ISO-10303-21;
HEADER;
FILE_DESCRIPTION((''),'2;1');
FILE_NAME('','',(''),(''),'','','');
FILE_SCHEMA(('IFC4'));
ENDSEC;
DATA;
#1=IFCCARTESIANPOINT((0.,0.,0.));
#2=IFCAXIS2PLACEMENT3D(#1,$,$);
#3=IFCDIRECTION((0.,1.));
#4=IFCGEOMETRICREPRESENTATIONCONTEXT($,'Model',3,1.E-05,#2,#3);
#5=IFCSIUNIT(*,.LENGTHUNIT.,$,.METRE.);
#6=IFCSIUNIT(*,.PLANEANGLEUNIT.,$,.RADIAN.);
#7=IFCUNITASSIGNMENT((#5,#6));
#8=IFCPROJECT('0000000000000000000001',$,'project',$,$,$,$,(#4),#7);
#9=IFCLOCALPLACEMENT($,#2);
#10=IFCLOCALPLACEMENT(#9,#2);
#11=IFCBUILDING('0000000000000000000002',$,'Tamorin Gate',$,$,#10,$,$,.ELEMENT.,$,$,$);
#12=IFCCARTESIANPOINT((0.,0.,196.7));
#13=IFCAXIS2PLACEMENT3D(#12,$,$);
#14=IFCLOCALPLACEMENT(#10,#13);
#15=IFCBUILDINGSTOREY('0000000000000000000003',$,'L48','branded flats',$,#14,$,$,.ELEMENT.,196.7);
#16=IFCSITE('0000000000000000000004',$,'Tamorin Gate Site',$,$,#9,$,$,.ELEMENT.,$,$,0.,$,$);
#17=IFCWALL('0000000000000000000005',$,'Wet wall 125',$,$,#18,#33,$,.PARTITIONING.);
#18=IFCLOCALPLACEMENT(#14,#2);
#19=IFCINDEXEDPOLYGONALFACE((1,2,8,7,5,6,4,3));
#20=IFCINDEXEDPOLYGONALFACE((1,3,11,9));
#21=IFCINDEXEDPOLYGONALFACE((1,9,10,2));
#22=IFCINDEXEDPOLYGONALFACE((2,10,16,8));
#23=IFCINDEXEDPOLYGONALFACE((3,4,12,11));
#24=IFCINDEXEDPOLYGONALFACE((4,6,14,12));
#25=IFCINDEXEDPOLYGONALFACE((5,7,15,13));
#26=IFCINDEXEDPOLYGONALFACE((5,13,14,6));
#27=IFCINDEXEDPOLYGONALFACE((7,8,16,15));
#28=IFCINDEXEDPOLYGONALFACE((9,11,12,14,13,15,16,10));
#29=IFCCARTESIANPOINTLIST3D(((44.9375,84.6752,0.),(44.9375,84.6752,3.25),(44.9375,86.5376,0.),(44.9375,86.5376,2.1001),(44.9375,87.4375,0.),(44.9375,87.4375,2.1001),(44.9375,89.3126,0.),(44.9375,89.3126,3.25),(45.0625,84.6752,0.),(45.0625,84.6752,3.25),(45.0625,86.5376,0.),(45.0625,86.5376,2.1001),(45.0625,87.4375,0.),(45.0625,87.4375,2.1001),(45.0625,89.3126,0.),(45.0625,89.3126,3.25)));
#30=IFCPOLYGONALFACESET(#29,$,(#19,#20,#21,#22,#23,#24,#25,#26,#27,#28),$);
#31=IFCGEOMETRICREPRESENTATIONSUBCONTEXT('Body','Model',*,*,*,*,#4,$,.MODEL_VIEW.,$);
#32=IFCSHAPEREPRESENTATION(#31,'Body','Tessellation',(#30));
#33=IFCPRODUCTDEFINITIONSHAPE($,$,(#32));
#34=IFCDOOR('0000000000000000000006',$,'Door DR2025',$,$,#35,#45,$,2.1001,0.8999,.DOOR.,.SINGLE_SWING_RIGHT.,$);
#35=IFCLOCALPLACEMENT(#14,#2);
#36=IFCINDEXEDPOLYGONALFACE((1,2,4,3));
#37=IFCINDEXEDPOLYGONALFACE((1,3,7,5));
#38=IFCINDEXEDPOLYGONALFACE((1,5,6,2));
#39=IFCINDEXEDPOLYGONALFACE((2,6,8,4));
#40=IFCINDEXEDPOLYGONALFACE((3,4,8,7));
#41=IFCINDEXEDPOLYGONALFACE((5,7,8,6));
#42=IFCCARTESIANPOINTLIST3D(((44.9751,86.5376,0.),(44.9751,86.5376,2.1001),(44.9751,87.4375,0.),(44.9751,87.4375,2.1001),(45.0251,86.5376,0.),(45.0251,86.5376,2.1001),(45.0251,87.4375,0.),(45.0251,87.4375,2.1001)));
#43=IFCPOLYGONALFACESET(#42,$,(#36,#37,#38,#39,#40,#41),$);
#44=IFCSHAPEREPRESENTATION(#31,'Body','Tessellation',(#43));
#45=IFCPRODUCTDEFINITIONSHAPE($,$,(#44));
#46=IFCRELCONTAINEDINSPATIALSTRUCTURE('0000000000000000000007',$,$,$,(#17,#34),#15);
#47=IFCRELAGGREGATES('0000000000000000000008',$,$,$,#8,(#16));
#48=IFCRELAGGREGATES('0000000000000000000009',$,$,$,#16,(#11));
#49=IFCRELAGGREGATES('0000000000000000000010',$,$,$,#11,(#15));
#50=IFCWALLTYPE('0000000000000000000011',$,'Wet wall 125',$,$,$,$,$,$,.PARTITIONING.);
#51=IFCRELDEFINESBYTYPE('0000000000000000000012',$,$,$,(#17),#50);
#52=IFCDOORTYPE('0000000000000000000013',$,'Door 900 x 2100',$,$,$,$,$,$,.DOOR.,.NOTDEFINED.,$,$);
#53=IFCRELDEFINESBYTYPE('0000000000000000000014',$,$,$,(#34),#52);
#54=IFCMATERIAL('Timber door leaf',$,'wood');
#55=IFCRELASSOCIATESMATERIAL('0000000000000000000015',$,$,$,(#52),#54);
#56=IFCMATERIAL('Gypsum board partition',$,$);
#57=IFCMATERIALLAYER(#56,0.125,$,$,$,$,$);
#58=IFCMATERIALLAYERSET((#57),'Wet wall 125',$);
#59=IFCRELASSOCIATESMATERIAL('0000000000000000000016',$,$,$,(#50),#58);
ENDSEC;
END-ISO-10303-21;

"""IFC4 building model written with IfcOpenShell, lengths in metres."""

from ifc_helpers import new_model, si_unit, direction, frame, frame_2d, origin, place, context, subcontext, project, spatial, rectangle, extrude, material, layer, layer_set, type_object, element, fill, save


model = new_model("IFC4")

# Units and contexts
model_context = context("Model", 3, precision=1e-05, world=origin(), true_north=direction((0.0, 1.0)))
body_context = subcontext(model_context, "Body", "Model", "MODEL_VIEW")
ifc_project = project(units=[si_unit("LENGTHUNIT", "METRE"), si_unit("PLANEANGLEUNIT", "RADIAN")], contexts=[model_context])

# Site, building, storey
site_placement = place(None, origin())
site = spatial("IfcSite", under=ifc_project, at=site_placement, Name="Tamorin Gate Site", CompositionType="ELEMENT", RefElevation=0.0)
building_placement = place(site_placement, origin())
building = spatial("IfcBuilding", under=site, at=building_placement, Name="Tamorin Gate", CompositionType="ELEMENT")
storey_placement = place(building_placement, frame((0.0, 0.0, 196.7)))
storey = spatial("IfcBuildingStorey", under=building, at=storey_placement, Name="L48", Description="branded flats", CompositionType="ELEMENT", Elevation=196.7)

# Shared definitions
ifc_material_1 = material(Name="Gypsum board partition")

# Shared definitions
ifc_material_2 = material(Name="Timber door leaf", Category="wood")
door_type = type_object("IfcDoorType", Name="Door 900 x 2100", OperationType="NOTDEFINED", PredefinedType="DOOR", material=ifc_material_2)

# Shared definitions
ifc_layer_1 = layer(ifc_material_1, 0.125)
ifc_layer_set_1 = layer_set([ifc_layer_1], Name="Wet wall 125")
wall_type_1 = type_object("IfcWallType", Name="Wet wall 125", PredefinedType="PARTITIONING", material=ifc_layer_set_1)

# Wall, opening, door
wall_1_placement = place(storey_placement, frame((45.0, 84.675, 0.0), z_axis=(0.0, 0.0, 1.0), x_axis=(0.0, 1.0, 0.0)))
wall_1 = element("IfcWall", 1, at=wall_1_placement, inside=storey, type_object=wall_type_1, Name="Wet wall 125", PredefinedType="PARTITIONING", context=body_context, shape_type="SweptSolid", body=[
    extrude(rectangle(XDim=4.6375, YDim=0.125, at=frame_2d((2.3188, 0.0))), origin(), (0.0, 0.0, 1.0), 3.25),
])
opening_1_placement = place(wall_1_placement, frame((1.8625, 0.0, 0.0)))
opening_1 = element("IfcOpeningElement", 2, at=opening_1_placement, cuts=wall_1, PredefinedType="OPENING", context=body_context, shape_type="SweptSolid", body=[
    extrude(rectangle(XDim=0.8999, YDim=2.1001, at=frame_2d((0.45, 1.05))), frame((0.0, 0.0725, 0.0), z_axis=(0.0, -1.0, 0.0), x_axis=(1.0, 0.0, 0.0)), (0.0, 0.0, 1.0), 0.145),
])
door_1_placement = place(opening_1_placement, origin())
door_1 = element("IfcDoor", 3, at=door_1_placement, inside=storey, type_object=door_type, Name="Door DR2025", OperationType="SINGLE_SWING_RIGHT", OverallHeight=2.1001, OverallWidth=0.8999, PredefinedType="DOOR", context=body_context, shape_type="SweptSolid", body=[
    extrude(rectangle(XDim=0.8999, YDim=2.1001, at=frame_2d((0.45, 1.05))), frame((0.0, 0.0249, 0.0), z_axis=(0.0, -1.0, 0.0), x_axis=(1.0, 0.0, 0.0)), (0.0, 0.0, 1.0), 0.05),
])
fill(opening_1, door_1)

save(model, "model.ifc")
